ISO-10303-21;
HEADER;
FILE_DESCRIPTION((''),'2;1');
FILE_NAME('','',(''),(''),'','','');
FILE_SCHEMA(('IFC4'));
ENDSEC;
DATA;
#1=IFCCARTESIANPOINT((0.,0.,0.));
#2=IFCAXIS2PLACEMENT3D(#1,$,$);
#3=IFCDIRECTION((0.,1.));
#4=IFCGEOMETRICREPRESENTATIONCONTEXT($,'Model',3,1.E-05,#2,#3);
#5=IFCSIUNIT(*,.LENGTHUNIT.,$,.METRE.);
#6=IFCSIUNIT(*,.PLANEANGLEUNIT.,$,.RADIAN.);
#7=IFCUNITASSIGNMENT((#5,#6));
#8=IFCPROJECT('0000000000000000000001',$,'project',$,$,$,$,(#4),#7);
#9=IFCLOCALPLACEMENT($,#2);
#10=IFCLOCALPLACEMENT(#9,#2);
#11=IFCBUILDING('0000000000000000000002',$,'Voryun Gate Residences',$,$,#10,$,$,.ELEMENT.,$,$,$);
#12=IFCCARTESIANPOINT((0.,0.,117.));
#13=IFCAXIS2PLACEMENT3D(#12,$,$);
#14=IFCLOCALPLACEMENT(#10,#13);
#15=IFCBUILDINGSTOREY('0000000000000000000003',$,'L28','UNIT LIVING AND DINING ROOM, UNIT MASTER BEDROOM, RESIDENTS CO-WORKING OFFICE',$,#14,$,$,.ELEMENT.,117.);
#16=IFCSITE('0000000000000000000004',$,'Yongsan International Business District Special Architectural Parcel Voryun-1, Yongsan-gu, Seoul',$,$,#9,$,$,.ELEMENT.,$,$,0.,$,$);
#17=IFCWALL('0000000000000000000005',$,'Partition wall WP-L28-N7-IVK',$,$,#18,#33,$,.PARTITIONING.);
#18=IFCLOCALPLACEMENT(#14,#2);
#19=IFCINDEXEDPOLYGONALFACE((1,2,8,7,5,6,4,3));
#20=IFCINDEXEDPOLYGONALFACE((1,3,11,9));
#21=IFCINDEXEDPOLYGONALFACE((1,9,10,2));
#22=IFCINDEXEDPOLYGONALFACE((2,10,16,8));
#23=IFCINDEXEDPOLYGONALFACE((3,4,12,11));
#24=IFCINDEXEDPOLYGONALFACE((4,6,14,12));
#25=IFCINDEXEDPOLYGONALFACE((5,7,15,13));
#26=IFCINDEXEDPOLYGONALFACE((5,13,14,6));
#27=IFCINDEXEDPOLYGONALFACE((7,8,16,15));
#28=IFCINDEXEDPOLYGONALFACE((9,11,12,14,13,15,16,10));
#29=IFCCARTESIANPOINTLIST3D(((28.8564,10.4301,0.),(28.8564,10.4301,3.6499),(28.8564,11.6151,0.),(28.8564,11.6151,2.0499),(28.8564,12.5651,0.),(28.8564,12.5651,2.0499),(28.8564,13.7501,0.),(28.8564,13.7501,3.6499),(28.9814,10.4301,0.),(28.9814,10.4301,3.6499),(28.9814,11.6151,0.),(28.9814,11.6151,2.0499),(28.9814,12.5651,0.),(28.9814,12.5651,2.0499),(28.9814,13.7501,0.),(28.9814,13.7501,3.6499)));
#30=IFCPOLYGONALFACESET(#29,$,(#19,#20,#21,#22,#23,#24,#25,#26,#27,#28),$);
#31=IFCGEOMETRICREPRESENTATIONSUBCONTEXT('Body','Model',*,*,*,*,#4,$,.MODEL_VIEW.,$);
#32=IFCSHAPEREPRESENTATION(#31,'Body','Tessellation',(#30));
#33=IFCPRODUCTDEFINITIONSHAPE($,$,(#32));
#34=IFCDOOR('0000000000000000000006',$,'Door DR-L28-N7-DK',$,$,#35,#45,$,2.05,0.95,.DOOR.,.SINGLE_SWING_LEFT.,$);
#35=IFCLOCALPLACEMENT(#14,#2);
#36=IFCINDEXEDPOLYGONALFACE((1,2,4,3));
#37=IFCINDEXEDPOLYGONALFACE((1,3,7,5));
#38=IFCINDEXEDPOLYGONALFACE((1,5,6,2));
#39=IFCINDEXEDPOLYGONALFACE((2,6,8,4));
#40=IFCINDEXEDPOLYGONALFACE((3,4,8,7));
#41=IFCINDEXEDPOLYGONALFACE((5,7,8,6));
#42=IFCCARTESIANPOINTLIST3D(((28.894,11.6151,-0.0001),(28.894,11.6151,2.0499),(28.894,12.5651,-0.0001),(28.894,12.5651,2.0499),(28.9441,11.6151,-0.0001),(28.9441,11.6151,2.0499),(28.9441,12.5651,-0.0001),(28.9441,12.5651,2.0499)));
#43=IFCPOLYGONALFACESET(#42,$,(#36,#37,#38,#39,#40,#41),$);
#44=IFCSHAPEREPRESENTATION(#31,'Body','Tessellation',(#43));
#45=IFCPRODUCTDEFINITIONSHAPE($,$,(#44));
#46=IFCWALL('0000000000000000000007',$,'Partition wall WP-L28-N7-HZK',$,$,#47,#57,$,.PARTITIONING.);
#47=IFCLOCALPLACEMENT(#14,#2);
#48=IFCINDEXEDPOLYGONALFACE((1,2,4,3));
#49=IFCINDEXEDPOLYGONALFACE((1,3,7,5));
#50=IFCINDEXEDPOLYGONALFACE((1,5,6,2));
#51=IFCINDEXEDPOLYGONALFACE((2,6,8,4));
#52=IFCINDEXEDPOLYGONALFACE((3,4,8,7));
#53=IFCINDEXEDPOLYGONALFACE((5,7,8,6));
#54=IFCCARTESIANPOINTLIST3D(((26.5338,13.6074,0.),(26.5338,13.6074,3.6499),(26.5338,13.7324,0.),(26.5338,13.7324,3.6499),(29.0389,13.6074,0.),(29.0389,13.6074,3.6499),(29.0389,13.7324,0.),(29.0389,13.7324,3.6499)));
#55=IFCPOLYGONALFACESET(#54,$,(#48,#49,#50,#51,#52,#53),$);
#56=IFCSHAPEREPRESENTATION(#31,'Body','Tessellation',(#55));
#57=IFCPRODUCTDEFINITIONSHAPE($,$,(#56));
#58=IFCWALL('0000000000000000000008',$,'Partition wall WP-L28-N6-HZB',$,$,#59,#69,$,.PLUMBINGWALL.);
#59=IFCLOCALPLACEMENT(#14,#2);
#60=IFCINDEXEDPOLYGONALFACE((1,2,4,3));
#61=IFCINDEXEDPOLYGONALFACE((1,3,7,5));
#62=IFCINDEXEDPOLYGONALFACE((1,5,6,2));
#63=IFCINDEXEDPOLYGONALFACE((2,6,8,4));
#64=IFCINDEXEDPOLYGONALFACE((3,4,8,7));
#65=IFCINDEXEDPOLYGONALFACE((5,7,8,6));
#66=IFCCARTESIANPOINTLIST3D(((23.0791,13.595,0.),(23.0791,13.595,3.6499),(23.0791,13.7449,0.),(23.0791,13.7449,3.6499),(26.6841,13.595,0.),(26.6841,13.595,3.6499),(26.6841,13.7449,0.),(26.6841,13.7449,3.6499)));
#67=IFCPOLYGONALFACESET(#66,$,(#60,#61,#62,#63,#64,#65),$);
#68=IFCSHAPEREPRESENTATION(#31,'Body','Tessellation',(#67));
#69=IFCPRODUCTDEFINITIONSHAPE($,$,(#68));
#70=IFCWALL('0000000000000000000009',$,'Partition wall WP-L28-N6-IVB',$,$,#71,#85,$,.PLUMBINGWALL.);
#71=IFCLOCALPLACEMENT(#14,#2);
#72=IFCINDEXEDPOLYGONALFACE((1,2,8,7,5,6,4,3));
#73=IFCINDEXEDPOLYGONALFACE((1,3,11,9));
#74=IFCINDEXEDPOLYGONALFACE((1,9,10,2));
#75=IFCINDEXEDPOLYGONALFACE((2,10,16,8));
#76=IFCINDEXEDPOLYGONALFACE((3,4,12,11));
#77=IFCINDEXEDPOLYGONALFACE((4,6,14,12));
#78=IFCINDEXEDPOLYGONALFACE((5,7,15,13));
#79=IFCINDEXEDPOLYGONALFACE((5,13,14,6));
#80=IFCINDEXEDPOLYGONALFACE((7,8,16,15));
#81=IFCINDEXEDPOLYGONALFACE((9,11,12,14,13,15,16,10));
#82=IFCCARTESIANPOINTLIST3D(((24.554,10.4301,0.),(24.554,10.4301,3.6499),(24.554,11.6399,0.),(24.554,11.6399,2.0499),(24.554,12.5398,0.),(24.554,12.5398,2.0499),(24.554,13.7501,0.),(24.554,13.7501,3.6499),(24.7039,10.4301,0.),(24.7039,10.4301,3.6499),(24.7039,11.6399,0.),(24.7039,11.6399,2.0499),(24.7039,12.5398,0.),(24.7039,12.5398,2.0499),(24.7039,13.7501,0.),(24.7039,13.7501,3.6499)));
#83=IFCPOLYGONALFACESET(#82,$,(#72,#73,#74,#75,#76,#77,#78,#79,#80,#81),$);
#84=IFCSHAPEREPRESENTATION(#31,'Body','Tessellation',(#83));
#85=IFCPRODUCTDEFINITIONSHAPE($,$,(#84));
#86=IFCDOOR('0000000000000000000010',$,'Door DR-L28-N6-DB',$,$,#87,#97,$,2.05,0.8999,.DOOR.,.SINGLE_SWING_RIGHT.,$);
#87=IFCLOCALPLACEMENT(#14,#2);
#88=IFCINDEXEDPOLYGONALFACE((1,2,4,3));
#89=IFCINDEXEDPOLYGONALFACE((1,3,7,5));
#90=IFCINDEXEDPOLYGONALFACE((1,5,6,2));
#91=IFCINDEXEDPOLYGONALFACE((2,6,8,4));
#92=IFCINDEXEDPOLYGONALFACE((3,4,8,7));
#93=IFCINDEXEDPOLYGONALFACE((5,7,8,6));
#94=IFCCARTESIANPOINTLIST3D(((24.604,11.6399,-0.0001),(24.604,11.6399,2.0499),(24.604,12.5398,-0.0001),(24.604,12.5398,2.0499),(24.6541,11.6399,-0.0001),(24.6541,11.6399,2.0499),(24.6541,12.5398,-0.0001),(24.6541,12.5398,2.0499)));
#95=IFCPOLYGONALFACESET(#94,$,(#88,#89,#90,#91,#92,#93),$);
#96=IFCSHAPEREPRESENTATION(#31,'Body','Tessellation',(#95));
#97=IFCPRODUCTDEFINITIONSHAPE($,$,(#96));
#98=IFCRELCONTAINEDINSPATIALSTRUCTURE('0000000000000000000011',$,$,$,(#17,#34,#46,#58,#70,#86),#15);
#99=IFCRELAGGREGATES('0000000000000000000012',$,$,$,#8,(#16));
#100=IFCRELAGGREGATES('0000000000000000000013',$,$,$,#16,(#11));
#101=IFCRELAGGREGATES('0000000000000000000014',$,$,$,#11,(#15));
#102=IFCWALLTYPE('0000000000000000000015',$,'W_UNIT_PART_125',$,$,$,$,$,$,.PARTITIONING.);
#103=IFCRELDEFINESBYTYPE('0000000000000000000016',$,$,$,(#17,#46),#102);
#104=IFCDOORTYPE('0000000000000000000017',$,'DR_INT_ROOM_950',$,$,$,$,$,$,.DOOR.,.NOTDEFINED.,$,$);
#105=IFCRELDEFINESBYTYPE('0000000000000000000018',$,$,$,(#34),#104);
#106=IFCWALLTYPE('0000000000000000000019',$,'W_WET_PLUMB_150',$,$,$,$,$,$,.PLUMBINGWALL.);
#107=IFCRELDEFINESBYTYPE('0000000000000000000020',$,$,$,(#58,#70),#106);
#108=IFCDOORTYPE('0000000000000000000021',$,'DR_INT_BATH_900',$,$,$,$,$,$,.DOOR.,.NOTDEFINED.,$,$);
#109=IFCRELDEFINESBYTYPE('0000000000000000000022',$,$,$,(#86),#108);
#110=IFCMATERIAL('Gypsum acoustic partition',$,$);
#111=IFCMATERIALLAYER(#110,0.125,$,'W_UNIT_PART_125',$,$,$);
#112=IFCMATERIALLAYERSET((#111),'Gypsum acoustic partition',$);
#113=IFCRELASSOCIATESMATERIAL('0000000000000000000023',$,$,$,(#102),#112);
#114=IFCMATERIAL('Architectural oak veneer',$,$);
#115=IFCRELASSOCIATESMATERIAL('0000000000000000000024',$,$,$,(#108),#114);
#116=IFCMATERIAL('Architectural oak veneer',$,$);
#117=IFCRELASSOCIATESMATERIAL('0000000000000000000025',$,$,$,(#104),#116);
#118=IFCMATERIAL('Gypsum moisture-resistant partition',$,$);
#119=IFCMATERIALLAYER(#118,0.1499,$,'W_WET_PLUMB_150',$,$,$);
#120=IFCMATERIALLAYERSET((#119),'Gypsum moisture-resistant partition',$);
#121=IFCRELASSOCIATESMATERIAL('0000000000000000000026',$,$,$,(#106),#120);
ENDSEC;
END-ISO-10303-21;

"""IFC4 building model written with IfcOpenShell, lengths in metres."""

from ifc_helpers import new_model, si_unit, direction, frame, frame_2d, origin, place, context, subcontext, project, spatial, rectangle, extrude, material, layer, layer_set, type_object, element, fill, save


model = new_model("IFC4")

# Units and contexts
model_context = context("Model", 3, precision=1e-05, world=origin(), true_north=direction((0.0, 1.0)))
body_context = subcontext(model_context, "Body", "Model", "MODEL_VIEW")
ifc_project = project(units=[si_unit("LENGTHUNIT", "METRE"), si_unit("PLANEANGLEUNIT", "RADIAN")], contexts=[model_context])

# Site, building, storey
site_placement = place(None, origin())
site = spatial("IfcSite", under=ifc_project, at=site_placement, Name="Yongsan International Business District Special Architectural Parcel Voryun-1, Yongsan-gu, Seoul", CompositionType="ELEMENT", RefElevation=0.0)
building_placement = place(site_placement, origin())
building = spatial("IfcBuilding", under=site, at=building_placement, Name="Voryun Gate Residences", CompositionType="ELEMENT")
storey_placement = place(building_placement, frame((0.0, 0.0, 117.0)))
storey = spatial("IfcBuildingStorey", under=building, at=storey_placement, Name="L28", Description="UNIT LIVING AND DINING ROOM, UNIT MASTER BEDROOM, RESIDENTS CO-WORKING OFFICE", CompositionType="ELEMENT", Elevation=117.0)

# Shared definitions
ifc_material_1 = material(Name="Gypsum acoustic partition")
ifc_layer_1 = layer(ifc_material_1, 0.125, Name="W_UNIT_PART_125")
ifc_layer_set_1 = layer_set([ifc_layer_1], Name="Gypsum acoustic partition")
wall_type_1 = type_object("IfcWallType", Name="W_UNIT_PART_125", PredefinedType="PARTITIONING", material=ifc_layer_set_1)
ifc_material_2 = material(Name="Architectural oak veneer")
door_type_1 = type_object("IfcDoorType", Name="DR_INT_BATH_900", OperationType="NOTDEFINED", PredefinedType="DOOR", material=ifc_material_2)
ifc_material_3 = material(Name="Architectural oak veneer")
door_type_2 = type_object("IfcDoorType", Name="DR_INT_ROOM_950", OperationType="NOTDEFINED", PredefinedType="DOOR", material=ifc_material_3)

# Wall, opening, door
wall_1_placement = place(storey_placement, frame((28.9189, 10.4299, 0.0), z_axis=(0.0, 0.0, 1.0), x_axis=(0.0, 1.0, 0.0)))
wall_1 = element("IfcWall", 1, at=wall_1_placement, inside=storey, type_object=wall_type_1, Name="Partition wall WP-L28-N7-IVK", PredefinedType="PARTITIONING", context=body_context, shape_type="SweptSolid", body=[
    extrude(rectangle(XDim=3.3201, YDim=0.125, at=frame_2d((1.6602, 0.0))), origin(), (0.0, 0.0, 1.0), 3.6499),
])
opening_1_placement = place(wall_1_placement, frame((1.1851, 0.0, 0.0)))
opening_1 = element("IfcOpeningElement", 2, at=opening_1_placement, cuts=wall_1, PredefinedType="OPENING", context=body_context, shape_type="SweptSolid", body=[
    extrude(rectangle(XDim=0.95, YDim=2.05, at=frame_2d((0.4751, 1.0249))), frame((0.0, 0.0725, 0.0), z_axis=(0.0, -1.0, 0.0), x_axis=(1.0, 0.0, 0.0)), (0.0, 0.0, 1.0), 0.145),
])
door_1_placement = place(opening_1_placement, origin())
door_1 = element("IfcDoor", 3, at=door_1_placement, inside=storey, type_object=door_type_2, Name="Door DR-L28-N7-DK", OperationType="SINGLE_SWING_LEFT", OverallHeight=2.05, OverallWidth=0.95, PredefinedType="DOOR", context=body_context, shape_type="SweptSolid", body=[
    extrude(rectangle(XDim=0.95, YDim=2.05, at=frame_2d((0.4751, 1.0249))), frame((0.0, 0.0249, 0.0), z_axis=(0.0, -1.0, 0.0), x_axis=(1.0, 0.0, 0.0)), (0.0, 0.0, 1.0), 0.05),
])
fill(opening_1, door_1)

# Walls
wall_2_placement = place(storey_placement, frame((26.5339, 13.6699, 0.0), z_axis=(0.0, 0.0, 1.0), x_axis=(1.0, 0.0, 0.0)))
element("IfcWall", 4, at=wall_2_placement, inside=storey, type_object=wall_type_1, Name="Partition wall WP-L28-N7-HZK", PredefinedType="PARTITIONING", context=body_context, shape_type="SweptSolid", body=[
    extrude(rectangle(XDim=2.5051, YDim=0.125, at=frame_2d((1.2524, 0.0))), origin(), (0.0, 0.0, 1.0), 3.6499),
])
ifc_material_4 = material(Name="Gypsum moisture-resistant partition")
ifc_layer_2 = layer(ifc_material_4, 0.1499, Name="W_WET_PLUMB_150")
ifc_layer_set_2 = layer_set([ifc_layer_2], Name="Gypsum moisture-resistant partition")
wall_type_2 = type_object("IfcWallType", Name="W_WET_PLUMB_150", PredefinedType="PLUMBINGWALL", material=ifc_layer_set_2)
wall_3_placement = place(storey_placement, frame((23.0791, 13.6699, 0.0), z_axis=(0.0, 0.0, 1.0), x_axis=(1.0, 0.0, 0.0)))
element("IfcWall", 5, at=wall_3_placement, inside=storey, type_object=wall_type_2, Name="Partition wall WP-L28-N6-HZB", PredefinedType="PLUMBINGWALL", context=body_context, shape_type="SweptSolid", body=[
    extrude(rectangle(XDim=3.605, YDim=0.1499, at=frame_2d((1.8025, 0.0))), origin(), (0.0, 0.0, 1.0), 3.6499),
])

# Wall, opening, door
wall_4_placement = place(storey_placement, frame((24.6289, 10.4299, 0.0), z_axis=(0.0, 0.0, 1.0), x_axis=(0.0, 1.0, 0.0)))
wall_4 = element("IfcWall", 6, at=wall_4_placement, inside=storey, type_object=wall_type_2, Name="Partition wall WP-L28-N6-IVB", PredefinedType="PLUMBINGWALL", context=body_context, shape_type="SweptSolid", body=[
    extrude(rectangle(XDim=3.3201, YDim=0.1499, at=frame_2d((1.6602, 0.0))), origin(), (0.0, 0.0, 1.0), 3.6499),
])
opening_2_placement = place(wall_4_placement, frame((1.21, 0.0, 0.0)))
opening_2 = element("IfcOpeningElement", 7, at=opening_2_placement, cuts=wall_4, PredefinedType="OPENING", context=body_context, shape_type="SweptSolid", body=[
    extrude(rectangle(XDim=0.8999, YDim=2.05, at=frame_2d((0.45, 1.0249))), frame((0.0, 0.085, 0.0), z_axis=(0.0, -1.0, 0.0), x_axis=(1.0, 0.0, 0.0)), (0.0, 0.0, 1.0), 0.1699),
])
door_2_placement = place(opening_2_placement, origin())
door_2 = element("IfcDoor", 8, at=door_2_placement, inside=storey, type_object=door_type_1, Name="Door DR-L28-N6-DB", OperationType="SINGLE_SWING_RIGHT", OverallHeight=2.05, OverallWidth=0.8999, PredefinedType="DOOR", context=body_context, shape_type="SweptSolid", body=[
    extrude(rectangle(XDim=0.8999, YDim=2.05, at=frame_2d((0.45, 1.0249))), frame((0.0, 0.0249, 0.0), z_axis=(0.0, -1.0, 0.0), x_axis=(1.0, 0.0, 0.0)), (0.0, 0.0, 1.0), 0.05),
])
fill(opening_2, door_2)

save(model, "model.ifc")
